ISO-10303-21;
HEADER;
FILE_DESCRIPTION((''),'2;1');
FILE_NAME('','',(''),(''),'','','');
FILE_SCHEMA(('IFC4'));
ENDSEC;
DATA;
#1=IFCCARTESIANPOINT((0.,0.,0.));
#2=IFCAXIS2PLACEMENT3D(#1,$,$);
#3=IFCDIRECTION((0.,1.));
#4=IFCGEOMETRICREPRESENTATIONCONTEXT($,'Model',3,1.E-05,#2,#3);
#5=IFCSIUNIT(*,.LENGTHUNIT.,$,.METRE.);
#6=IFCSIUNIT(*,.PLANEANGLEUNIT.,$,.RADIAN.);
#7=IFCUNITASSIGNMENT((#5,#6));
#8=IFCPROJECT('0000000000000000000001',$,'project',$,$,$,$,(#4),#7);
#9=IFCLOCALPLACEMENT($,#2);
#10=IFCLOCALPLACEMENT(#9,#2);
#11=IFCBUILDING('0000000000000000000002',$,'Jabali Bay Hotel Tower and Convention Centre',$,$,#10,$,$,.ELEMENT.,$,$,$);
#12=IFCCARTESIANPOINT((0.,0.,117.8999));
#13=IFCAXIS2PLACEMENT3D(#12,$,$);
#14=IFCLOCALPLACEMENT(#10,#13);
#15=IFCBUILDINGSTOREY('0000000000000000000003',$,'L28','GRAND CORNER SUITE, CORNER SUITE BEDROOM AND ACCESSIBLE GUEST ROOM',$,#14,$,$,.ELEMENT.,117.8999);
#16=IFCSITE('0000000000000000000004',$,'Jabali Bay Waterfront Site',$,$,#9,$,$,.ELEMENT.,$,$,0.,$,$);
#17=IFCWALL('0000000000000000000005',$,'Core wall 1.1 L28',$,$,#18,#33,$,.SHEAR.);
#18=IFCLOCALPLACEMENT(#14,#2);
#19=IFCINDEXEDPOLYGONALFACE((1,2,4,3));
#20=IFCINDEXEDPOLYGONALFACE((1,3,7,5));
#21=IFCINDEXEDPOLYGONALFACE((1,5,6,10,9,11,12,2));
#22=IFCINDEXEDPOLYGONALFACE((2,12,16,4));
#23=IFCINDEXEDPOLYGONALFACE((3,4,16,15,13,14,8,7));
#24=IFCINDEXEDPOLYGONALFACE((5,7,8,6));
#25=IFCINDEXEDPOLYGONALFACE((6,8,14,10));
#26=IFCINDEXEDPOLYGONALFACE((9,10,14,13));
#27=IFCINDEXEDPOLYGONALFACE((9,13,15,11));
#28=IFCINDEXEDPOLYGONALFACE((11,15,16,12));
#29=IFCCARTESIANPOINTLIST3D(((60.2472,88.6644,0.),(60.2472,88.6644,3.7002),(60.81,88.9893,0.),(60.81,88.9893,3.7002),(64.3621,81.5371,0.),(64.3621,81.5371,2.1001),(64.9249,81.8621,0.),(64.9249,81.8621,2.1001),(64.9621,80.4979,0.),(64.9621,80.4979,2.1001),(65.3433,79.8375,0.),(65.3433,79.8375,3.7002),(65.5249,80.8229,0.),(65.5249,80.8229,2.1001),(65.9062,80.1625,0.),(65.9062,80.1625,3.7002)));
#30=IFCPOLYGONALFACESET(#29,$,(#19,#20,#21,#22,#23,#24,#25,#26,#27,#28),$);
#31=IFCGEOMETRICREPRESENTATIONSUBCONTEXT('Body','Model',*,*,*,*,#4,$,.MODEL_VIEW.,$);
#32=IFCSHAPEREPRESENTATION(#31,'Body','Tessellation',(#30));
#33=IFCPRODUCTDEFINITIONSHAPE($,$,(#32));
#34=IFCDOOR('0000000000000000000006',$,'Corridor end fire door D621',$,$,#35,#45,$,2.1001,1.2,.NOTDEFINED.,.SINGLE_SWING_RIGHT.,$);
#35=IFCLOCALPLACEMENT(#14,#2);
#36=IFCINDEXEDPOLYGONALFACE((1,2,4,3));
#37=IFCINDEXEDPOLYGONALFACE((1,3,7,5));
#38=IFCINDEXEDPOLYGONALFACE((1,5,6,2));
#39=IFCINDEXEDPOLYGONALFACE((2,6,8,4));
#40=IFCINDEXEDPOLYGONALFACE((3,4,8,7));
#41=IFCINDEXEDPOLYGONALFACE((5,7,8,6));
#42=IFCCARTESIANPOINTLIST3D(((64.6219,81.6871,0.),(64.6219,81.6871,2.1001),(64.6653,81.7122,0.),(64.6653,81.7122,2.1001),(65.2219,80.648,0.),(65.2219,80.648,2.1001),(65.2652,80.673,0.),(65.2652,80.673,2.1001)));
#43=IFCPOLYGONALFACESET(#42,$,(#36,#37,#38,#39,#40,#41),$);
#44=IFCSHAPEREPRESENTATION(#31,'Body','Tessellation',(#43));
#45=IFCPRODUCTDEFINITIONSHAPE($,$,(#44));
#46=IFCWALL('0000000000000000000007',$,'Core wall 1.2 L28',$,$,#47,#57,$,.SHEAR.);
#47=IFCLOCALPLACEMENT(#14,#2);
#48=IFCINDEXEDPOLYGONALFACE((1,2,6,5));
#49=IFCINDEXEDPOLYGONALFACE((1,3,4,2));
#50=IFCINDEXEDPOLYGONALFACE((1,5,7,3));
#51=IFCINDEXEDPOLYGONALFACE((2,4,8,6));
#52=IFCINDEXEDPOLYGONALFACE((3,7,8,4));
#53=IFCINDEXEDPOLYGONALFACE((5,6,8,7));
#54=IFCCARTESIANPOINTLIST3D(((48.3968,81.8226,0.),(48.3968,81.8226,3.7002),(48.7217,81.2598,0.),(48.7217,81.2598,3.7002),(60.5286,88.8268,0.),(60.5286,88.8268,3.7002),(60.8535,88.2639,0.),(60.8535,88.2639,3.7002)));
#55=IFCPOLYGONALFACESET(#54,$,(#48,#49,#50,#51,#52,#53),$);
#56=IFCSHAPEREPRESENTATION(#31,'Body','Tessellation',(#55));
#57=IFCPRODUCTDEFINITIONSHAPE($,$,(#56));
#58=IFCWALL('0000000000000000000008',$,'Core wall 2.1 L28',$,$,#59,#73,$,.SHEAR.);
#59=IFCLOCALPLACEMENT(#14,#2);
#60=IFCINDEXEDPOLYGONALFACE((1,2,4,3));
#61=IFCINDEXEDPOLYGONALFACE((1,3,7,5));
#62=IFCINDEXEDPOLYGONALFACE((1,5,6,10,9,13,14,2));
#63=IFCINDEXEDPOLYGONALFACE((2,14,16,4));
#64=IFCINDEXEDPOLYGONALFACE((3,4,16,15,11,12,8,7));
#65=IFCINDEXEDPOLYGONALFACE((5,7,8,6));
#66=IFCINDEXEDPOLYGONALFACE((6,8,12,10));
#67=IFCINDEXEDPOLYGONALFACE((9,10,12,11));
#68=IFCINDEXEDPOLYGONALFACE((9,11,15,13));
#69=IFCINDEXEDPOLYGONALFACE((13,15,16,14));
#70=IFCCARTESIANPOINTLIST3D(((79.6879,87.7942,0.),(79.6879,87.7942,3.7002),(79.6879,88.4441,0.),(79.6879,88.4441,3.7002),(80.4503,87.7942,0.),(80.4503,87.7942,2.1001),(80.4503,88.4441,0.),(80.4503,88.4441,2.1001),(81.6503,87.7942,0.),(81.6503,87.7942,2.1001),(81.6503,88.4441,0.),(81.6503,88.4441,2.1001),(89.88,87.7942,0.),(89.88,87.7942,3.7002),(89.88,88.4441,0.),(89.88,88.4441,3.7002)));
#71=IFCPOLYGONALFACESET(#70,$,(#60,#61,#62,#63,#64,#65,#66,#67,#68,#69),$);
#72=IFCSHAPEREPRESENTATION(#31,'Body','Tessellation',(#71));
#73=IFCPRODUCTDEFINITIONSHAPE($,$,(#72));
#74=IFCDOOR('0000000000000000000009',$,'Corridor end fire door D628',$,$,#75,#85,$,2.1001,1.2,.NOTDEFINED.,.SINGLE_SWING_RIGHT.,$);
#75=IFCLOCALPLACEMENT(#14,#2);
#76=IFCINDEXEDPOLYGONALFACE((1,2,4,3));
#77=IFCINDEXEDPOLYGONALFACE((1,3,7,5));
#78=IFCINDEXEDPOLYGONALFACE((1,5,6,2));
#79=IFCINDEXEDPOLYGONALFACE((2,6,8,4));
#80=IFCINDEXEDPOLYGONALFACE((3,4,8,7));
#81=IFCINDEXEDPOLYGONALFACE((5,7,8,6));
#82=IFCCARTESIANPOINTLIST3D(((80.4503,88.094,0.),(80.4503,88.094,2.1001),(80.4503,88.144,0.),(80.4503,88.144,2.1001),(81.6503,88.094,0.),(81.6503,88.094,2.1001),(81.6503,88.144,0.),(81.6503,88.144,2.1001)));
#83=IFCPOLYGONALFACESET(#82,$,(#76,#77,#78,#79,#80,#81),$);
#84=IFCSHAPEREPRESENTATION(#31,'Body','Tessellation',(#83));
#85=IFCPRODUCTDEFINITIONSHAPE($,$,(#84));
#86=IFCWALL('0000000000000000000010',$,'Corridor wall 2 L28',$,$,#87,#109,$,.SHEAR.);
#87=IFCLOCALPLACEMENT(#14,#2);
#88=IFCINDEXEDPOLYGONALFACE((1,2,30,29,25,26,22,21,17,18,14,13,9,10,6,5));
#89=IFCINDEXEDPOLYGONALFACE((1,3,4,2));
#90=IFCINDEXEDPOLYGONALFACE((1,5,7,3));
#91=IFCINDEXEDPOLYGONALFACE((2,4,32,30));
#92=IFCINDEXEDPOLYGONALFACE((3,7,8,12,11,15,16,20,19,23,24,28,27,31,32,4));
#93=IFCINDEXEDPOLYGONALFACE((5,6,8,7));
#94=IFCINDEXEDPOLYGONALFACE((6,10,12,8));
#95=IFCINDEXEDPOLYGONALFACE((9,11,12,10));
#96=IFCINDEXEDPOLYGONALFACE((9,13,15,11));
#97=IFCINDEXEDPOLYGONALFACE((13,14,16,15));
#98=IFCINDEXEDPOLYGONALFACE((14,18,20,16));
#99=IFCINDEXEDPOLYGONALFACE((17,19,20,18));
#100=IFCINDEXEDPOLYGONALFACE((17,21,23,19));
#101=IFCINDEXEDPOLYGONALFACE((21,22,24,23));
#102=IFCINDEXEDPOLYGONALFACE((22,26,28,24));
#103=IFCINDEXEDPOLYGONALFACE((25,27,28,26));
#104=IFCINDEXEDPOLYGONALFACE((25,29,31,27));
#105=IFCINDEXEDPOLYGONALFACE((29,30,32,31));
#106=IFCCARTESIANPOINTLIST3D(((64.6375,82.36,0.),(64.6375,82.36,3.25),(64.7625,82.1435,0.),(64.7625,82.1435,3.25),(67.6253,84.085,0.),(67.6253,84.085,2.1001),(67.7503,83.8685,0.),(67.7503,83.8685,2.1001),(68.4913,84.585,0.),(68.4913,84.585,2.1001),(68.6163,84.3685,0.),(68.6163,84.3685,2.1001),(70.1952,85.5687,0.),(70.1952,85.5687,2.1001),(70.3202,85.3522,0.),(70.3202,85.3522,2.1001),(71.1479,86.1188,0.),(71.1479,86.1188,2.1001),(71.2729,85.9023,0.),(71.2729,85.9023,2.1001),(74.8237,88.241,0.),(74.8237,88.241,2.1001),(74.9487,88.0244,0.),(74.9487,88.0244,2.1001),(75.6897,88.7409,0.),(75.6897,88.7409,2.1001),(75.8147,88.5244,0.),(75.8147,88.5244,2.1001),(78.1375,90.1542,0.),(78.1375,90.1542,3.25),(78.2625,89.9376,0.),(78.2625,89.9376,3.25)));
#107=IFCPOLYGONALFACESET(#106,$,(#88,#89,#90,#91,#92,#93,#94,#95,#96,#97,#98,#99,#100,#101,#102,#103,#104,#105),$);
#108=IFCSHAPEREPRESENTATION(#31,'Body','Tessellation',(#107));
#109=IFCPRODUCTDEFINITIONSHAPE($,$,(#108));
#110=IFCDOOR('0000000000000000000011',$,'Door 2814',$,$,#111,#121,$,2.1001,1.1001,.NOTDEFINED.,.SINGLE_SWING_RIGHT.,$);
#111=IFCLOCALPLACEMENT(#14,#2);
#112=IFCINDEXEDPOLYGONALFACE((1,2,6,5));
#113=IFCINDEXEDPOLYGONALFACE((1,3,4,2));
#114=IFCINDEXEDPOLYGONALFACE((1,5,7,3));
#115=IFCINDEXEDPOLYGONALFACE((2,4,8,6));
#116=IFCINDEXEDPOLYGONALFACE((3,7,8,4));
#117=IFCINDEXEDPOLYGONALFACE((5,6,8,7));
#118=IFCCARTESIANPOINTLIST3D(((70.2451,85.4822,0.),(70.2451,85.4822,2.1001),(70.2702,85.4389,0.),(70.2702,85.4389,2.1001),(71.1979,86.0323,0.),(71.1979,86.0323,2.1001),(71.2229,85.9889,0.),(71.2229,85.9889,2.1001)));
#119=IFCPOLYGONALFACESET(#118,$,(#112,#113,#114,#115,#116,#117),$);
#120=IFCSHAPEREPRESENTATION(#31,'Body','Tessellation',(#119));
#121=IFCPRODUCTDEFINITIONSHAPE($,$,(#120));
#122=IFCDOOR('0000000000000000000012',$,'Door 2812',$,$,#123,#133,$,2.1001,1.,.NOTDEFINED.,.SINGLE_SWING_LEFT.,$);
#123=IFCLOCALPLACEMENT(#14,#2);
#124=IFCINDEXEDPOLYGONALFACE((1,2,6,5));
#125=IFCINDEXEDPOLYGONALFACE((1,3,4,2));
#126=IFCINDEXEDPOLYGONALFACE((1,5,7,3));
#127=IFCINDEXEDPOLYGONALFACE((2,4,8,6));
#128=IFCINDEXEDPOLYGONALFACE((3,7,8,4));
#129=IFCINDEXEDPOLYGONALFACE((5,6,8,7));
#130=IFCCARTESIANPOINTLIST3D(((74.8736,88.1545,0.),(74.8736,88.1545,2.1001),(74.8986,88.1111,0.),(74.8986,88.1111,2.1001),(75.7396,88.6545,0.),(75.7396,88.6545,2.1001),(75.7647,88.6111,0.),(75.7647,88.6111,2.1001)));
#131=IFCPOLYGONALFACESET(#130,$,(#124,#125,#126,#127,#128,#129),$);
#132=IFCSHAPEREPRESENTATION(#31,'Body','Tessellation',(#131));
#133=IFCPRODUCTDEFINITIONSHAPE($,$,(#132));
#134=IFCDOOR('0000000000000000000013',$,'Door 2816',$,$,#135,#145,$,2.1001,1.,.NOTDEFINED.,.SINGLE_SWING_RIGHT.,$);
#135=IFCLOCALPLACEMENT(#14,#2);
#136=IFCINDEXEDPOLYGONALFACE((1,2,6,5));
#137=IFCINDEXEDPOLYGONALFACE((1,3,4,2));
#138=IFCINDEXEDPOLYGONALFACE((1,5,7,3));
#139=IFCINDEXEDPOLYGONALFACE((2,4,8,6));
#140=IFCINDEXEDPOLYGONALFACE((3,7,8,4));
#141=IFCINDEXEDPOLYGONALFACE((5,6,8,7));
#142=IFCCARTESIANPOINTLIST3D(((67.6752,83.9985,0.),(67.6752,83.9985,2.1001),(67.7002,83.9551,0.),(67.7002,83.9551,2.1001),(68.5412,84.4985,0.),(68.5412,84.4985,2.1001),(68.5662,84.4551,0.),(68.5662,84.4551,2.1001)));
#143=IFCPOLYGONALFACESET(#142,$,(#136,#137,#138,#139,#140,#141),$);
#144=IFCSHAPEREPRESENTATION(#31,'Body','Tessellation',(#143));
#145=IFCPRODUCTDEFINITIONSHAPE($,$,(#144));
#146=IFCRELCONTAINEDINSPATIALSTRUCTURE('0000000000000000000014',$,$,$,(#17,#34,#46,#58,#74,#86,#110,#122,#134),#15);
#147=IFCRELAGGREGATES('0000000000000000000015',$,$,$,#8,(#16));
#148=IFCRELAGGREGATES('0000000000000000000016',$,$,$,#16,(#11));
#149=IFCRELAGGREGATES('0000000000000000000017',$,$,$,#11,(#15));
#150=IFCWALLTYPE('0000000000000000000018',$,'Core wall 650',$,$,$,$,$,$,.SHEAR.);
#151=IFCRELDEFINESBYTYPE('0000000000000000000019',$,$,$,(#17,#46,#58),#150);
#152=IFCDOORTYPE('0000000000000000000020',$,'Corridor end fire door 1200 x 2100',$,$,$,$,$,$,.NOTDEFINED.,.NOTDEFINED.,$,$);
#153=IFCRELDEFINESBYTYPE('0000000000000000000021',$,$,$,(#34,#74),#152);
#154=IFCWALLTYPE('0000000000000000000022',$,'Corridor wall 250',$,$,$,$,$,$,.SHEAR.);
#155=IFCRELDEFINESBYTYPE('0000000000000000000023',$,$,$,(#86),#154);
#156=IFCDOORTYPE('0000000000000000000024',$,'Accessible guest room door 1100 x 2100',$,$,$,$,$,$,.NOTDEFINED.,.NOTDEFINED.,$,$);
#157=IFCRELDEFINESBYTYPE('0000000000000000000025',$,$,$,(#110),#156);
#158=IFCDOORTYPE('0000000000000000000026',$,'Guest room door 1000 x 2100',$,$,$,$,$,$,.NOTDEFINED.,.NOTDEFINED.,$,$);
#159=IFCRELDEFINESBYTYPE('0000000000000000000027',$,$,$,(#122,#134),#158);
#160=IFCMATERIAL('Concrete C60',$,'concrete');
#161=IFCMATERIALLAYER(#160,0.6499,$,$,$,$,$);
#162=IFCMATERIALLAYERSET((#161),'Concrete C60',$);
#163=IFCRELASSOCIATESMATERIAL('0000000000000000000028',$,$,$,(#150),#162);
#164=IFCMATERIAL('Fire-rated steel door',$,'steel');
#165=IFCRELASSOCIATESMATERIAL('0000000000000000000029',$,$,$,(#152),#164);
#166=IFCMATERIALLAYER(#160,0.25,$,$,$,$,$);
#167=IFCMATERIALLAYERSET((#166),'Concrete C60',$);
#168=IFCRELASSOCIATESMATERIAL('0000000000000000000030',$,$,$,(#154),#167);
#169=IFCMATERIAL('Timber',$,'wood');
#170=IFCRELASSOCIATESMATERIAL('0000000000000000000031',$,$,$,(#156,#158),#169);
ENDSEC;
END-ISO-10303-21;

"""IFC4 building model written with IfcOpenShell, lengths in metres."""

from ifc_helpers import new_model, si_unit, direction, frame, frame_2d, origin, place, context, subcontext, project, spatial, rectangle, extrude, material, layer, layer_set, type_object, element, fill, save


model = new_model("IFC4")

# Units and contexts
model_context = context("Model", 3, precision=1e-05, world=origin(), true_north=direction((0.0, 1.0)))
body_context = subcontext(model_context, "Body", "Model", "MODEL_VIEW")
ifc_project = project(units=[si_unit("LENGTHUNIT", "METRE"), si_unit("PLANEANGLEUNIT", "RADIAN")], contexts=[model_context])

# Site, building, storey
site_placement = place(None, origin())
site = spatial("IfcSite", under=ifc_project, at=site_placement, Name="Jabali Bay Waterfront Site", CompositionType="ELEMENT", RefElevation=0.0)
building_placement = place(site_placement, origin())
building = spatial("IfcBuilding", under=site, at=building_placement, Name="Jabali Bay Hotel Tower and Convention Centre", CompositionType="ELEMENT")
storey_placement = place(building_placement, frame((0.0, 0.0, 117.8999)))
storey = spatial("IfcBuildingStorey", under=building, at=storey_placement, Name="L28", Description="GRAND CORNER SUITE, CORNER SUITE BEDROOM AND ACCESSIBLE GUEST ROOM", CompositionType="ELEMENT", Elevation=117.8999)

# Shared definitions
ifc_material_1 = material(Name="Fire-rated steel door", Category="steel")

# Wall, opening, door
ifc_material_2 = material(Name="Concrete C60", Category="concrete")
ifc_layer_1 = layer(ifc_material_2, 0.6499)
ifc_layer_set_1 = layer_set([ifc_layer_1], Name="Concrete C60")
wall_type_1 = type_object("IfcWallType", Name="Core wall 650", PredefinedType="SHEAR", material=ifc_layer_set_1)
wall_1_placement = place(storey_placement, frame((65.6248, 80.0, 0.0), z_axis=(0.0, 0.0, 1.0), x_axis=(-0.499998, 0.866026, 0.0)))
wall_1 = element("IfcWall", 1, at=wall_1_placement, inside=storey, type_object=wall_type_1, Name="Core wall 1.1 L28", PredefinedType="SHEAR", context=body_context, shape_type="SweptSolid", body=[
    extrude(rectangle(XDim=10.1924, YDim=0.6499, at=frame_2d((5.0962, 0.0))), origin(), (0.0, 0.0, 1.0), 3.7002),
])
opening_1_placement = place(wall_1_placement, frame((0.7625, 0.0, 0.0)))
opening_1 = element("IfcOpeningElement", 2, at=opening_1_placement, cuts=wall_1, PredefinedType="OPENING", context=body_context, shape_type="SweptSolid", body=[
    extrude(rectangle(XDim=1.2, YDim=2.1001, at=frame_2d((0.6001, 1.05))), frame((0.0, 0.3354, 0.0), z_axis=(0.0, -1.0, 0.0), x_axis=(1.0, 0.0, 0.0)), (0.0, 0.0, 1.0), 0.6709),
])
door_type_1 = type_object("IfcDoorType", Name="Corridor end fire door 1200 x 2100", OperationType="NOTDEFINED", PredefinedType="NOTDEFINED", material=ifc_material_1)
door_1_placement = place(opening_1_placement, origin())
door_1 = element("IfcDoor", 3, at=door_1_placement, inside=storey, type_object=door_type_1, Name="Corridor end fire door D621", OperationType="SINGLE_SWING_RIGHT", OverallHeight=2.1001, OverallWidth=1.2, PredefinedType="NOTDEFINED", context=body_context, shape_type="SweptSolid", body=[
    extrude(rectangle(XDim=1.2, YDim=2.1001, at=frame_2d((0.6001, 1.05))), frame((0.0, 0.0249, 0.0), z_axis=(0.0, -1.0, 0.0), x_axis=(1.0, 0.0, 0.0)), (0.0, 0.0, 1.0), 0.05),
])
fill(opening_1, door_1)

# Wall
wall_2_placement = place(storey_placement, frame((60.6912, 88.5454, 0.0), z_axis=(0.0, 0.0, 1.0), x_axis=(-0.866031, -0.499991, 0.0)))
element("IfcWall", 4, at=wall_2_placement, inside=storey, type_object=wall_type_1, Name="Core wall 1.2 L28", PredefinedType="SHEAR", context=body_context, shape_type="SweptSolid", body=[
    extrude(rectangle(XDim=14.0085, YDim=0.6499, at=frame_2d((7.0044, 0.0))), origin(), (0.0, 0.0, 1.0), 3.7002),
])

# Wall, opening, door
wall_3_placement = place(storey_placement, frame((79.6877, 88.1191, 0.0), z_axis=(0.0, 0.0, 1.0), x_axis=(1.0, 0.0, 0.0)))
wall_3 = element("IfcWall", 5, at=wall_3_placement, inside=storey, type_object=wall_type_1, Name="Core wall 2.1 L28", PredefinedType="SHEAR", context=body_context, shape_type="SweptSolid", body=[
    extrude(rectangle(XDim=10.1921, YDim=0.6499, at=frame_2d((5.0962, 0.0))), origin(), (0.0, 0.0, 1.0), 3.7002),
])
opening_2_placement = place(wall_3_placement, frame((0.7625, 0.0, 0.0)))
opening_2 = element("IfcOpeningElement", 6, at=opening_2_placement, cuts=wall_3, PredefinedType="OPENING", context=body_context, shape_type="SweptSolid", body=[
    extrude(rectangle(XDim=1.2, YDim=2.1001, at=frame_2d((0.6001, 1.05))), frame((0.0, 0.3354, 0.0), z_axis=(0.0, -1.0, 0.0), x_axis=(1.0, 0.0, 0.0)), (0.0, 0.0, 1.0), 0.6709),
])
door_2_placement = place(opening_2_placement, origin())
door_2 = element("IfcDoor", 7, at=door_2_placement, inside=storey, type_object=door_type_1, Name="Corridor end fire door D628", OperationType="SINGLE_SWING_RIGHT", OverallHeight=2.1001, OverallWidth=1.2, PredefinedType="NOTDEFINED", context=body_context, shape_type="SweptSolid", body=[
    extrude(rectangle(XDim=1.2, YDim=2.1001, at=frame_2d((0.6001, 1.05))), frame((0.0, 0.0249, 0.0), z_axis=(0.0, -1.0, 0.0), x_axis=(1.0, 0.0, 0.0)), (0.0, 0.0, 1.0), 0.05),
])
fill(opening_2, door_2)

# Wall, openings, doors
ifc_layer_2 = layer(ifc_material_2, 0.25)
ifc_layer_set_2 = layer_set([ifc_layer_2], Name="Concrete C60")
wall_type_2 = type_object("IfcWallType", Name="Corridor wall 250", PredefinedType="SHEAR", material=ifc_layer_set_2)
wall_4_placement = place(storey_placement, frame((78.2, 90.0459, 0.0), z_axis=(0.0, 0.0, 1.0), x_axis=(-0.866026, -0.499998, 0.0)))
wall_4 = element("IfcWall", 8, at=wall_4_placement, inside=storey, type_object=wall_type_2, Name="Corridor wall 2 L28", PredefinedType="SHEAR", context=body_context, shape_type="SweptSolid", body=[
    extrude(rectangle(XDim=15.5884, YDim=0.25, at=frame_2d((7.7942, 0.0))), origin(), (0.0, 0.0, 1.0), 3.25),
])
opening_3_placement = place(wall_4_placement, frame((2.8264, 0.0, 0.0)))
opening_3 = element("IfcOpeningElement", 9, at=opening_3_placement, cuts=wall_4, PredefinedType="OPENING", context=body_context, shape_type="SweptSolid", body=[
    extrude(rectangle(XDim=1.0, YDim=2.1001, at=frame_2d((0.5, 1.05))), frame((0.0, 0.1355, 0.0), z_axis=(0.0, -1.0, 0.0), x_axis=(1.0, 0.0, 0.0)), (0.0, 0.0, 1.0), 0.271),
])
opening_4_placement = place(wall_4_placement, frame((8.0708, 0.0, 0.0)))
opening_4 = element("IfcOpeningElement", 10, at=opening_4_placement, cuts=wall_4, PredefinedType="OPENING", context=body_context, shape_type="SweptSolid", body=[
    extrude(rectangle(XDim=1.1001, YDim=2.1001, at=frame_2d((0.55, 1.05))), frame((0.0, 0.1355, 0.0), z_axis=(0.0, -1.0, 0.0), x_axis=(1.0, 0.0, 0.0)), (0.0, 0.0, 1.0), 0.271),
])
opening_5_placement = place(wall_4_placement, frame((11.1384, 0.0, 0.0)))
opening_5 = element("IfcOpeningElement", 11, at=opening_5_placement, cuts=wall_4, PredefinedType="OPENING", context=body_context, shape_type="SweptSolid", body=[
    extrude(rectangle(XDim=1.0, YDim=2.1001, at=frame_2d((0.5, 1.05))), frame((0.0, 0.1355, 0.0), z_axis=(0.0, -1.0, 0.0), x_axis=(1.0, 0.0, 0.0)), (0.0, 0.0, 1.0), 0.271),
])
ifc_material_3 = material(Name="Timber", Category="wood")
door_type_2 = type_object("IfcDoorType", Name="Accessible guest room door 1100 x 2100", OperationType="NOTDEFINED", PredefinedType="NOTDEFINED", material=ifc_material_3)
door_3_placement = place(opening_4_placement, origin())
door_3 = element("IfcDoor", 12, at=door_3_placement, inside=storey, type_object=door_type_2, Name="Door 2814", OperationType="SINGLE_SWING_RIGHT", OverallHeight=2.1001, OverallWidth=1.1001, PredefinedType="NOTDEFINED", context=body_context, shape_type="SweptSolid", body=[
    extrude(rectangle(XDim=1.1001, YDim=2.1001, at=frame_2d((0.55, 1.05))), frame((0.0, 0.0249, 0.0), z_axis=(0.0, -1.0, 0.0), x_axis=(1.0, 0.0, 0.0)), (0.0, 0.0, 1.0), 0.05),
])
fill(opening_4, door_3)
door_type_3 = type_object("IfcDoorType", Name="Guest room door 1000 x 2100", OperationType="NOTDEFINED", PredefinedType="NOTDEFINED", material=ifc_material_3)
door_4_placement = place(opening_3_placement, origin())
door_4 = element("IfcDoor", 13, at=door_4_placement, inside=storey, type_object=door_type_3, Name="Door 2812", OperationType="SINGLE_SWING_LEFT", OverallHeight=2.1001, OverallWidth=1.0, PredefinedType="NOTDEFINED", context=body_context, shape_type="SweptSolid", body=[
    extrude(rectangle(XDim=1.0, YDim=2.1001, at=frame_2d((0.5, 1.05))), frame((0.0, 0.0249, 0.0), z_axis=(0.0, -1.0, 0.0), x_axis=(1.0, 0.0, 0.0)), (0.0, 0.0, 1.0), 0.05),
])
fill(opening_3, door_4)
door_5_placement = place(opening_5_placement, origin())
door_5 = element("IfcDoor", 14, at=door_5_placement, inside=storey, type_object=door_type_3, Name="Door 2816", OperationType="SINGLE_SWING_RIGHT", OverallHeight=2.1001, OverallWidth=1.0, PredefinedType="NOTDEFINED", context=body_context, shape_type="SweptSolid", body=[
    extrude(rectangle(XDim=1.0, YDim=2.1001, at=frame_2d((0.5, 1.05))), frame((0.0, 0.0249, 0.0), z_axis=(0.0, -1.0, 0.0), x_axis=(1.0, 0.0, 0.0)), (0.0, 0.0, 1.0), 0.05),
])
fill(opening_5, door_5)

save(model, "model.ifc")
